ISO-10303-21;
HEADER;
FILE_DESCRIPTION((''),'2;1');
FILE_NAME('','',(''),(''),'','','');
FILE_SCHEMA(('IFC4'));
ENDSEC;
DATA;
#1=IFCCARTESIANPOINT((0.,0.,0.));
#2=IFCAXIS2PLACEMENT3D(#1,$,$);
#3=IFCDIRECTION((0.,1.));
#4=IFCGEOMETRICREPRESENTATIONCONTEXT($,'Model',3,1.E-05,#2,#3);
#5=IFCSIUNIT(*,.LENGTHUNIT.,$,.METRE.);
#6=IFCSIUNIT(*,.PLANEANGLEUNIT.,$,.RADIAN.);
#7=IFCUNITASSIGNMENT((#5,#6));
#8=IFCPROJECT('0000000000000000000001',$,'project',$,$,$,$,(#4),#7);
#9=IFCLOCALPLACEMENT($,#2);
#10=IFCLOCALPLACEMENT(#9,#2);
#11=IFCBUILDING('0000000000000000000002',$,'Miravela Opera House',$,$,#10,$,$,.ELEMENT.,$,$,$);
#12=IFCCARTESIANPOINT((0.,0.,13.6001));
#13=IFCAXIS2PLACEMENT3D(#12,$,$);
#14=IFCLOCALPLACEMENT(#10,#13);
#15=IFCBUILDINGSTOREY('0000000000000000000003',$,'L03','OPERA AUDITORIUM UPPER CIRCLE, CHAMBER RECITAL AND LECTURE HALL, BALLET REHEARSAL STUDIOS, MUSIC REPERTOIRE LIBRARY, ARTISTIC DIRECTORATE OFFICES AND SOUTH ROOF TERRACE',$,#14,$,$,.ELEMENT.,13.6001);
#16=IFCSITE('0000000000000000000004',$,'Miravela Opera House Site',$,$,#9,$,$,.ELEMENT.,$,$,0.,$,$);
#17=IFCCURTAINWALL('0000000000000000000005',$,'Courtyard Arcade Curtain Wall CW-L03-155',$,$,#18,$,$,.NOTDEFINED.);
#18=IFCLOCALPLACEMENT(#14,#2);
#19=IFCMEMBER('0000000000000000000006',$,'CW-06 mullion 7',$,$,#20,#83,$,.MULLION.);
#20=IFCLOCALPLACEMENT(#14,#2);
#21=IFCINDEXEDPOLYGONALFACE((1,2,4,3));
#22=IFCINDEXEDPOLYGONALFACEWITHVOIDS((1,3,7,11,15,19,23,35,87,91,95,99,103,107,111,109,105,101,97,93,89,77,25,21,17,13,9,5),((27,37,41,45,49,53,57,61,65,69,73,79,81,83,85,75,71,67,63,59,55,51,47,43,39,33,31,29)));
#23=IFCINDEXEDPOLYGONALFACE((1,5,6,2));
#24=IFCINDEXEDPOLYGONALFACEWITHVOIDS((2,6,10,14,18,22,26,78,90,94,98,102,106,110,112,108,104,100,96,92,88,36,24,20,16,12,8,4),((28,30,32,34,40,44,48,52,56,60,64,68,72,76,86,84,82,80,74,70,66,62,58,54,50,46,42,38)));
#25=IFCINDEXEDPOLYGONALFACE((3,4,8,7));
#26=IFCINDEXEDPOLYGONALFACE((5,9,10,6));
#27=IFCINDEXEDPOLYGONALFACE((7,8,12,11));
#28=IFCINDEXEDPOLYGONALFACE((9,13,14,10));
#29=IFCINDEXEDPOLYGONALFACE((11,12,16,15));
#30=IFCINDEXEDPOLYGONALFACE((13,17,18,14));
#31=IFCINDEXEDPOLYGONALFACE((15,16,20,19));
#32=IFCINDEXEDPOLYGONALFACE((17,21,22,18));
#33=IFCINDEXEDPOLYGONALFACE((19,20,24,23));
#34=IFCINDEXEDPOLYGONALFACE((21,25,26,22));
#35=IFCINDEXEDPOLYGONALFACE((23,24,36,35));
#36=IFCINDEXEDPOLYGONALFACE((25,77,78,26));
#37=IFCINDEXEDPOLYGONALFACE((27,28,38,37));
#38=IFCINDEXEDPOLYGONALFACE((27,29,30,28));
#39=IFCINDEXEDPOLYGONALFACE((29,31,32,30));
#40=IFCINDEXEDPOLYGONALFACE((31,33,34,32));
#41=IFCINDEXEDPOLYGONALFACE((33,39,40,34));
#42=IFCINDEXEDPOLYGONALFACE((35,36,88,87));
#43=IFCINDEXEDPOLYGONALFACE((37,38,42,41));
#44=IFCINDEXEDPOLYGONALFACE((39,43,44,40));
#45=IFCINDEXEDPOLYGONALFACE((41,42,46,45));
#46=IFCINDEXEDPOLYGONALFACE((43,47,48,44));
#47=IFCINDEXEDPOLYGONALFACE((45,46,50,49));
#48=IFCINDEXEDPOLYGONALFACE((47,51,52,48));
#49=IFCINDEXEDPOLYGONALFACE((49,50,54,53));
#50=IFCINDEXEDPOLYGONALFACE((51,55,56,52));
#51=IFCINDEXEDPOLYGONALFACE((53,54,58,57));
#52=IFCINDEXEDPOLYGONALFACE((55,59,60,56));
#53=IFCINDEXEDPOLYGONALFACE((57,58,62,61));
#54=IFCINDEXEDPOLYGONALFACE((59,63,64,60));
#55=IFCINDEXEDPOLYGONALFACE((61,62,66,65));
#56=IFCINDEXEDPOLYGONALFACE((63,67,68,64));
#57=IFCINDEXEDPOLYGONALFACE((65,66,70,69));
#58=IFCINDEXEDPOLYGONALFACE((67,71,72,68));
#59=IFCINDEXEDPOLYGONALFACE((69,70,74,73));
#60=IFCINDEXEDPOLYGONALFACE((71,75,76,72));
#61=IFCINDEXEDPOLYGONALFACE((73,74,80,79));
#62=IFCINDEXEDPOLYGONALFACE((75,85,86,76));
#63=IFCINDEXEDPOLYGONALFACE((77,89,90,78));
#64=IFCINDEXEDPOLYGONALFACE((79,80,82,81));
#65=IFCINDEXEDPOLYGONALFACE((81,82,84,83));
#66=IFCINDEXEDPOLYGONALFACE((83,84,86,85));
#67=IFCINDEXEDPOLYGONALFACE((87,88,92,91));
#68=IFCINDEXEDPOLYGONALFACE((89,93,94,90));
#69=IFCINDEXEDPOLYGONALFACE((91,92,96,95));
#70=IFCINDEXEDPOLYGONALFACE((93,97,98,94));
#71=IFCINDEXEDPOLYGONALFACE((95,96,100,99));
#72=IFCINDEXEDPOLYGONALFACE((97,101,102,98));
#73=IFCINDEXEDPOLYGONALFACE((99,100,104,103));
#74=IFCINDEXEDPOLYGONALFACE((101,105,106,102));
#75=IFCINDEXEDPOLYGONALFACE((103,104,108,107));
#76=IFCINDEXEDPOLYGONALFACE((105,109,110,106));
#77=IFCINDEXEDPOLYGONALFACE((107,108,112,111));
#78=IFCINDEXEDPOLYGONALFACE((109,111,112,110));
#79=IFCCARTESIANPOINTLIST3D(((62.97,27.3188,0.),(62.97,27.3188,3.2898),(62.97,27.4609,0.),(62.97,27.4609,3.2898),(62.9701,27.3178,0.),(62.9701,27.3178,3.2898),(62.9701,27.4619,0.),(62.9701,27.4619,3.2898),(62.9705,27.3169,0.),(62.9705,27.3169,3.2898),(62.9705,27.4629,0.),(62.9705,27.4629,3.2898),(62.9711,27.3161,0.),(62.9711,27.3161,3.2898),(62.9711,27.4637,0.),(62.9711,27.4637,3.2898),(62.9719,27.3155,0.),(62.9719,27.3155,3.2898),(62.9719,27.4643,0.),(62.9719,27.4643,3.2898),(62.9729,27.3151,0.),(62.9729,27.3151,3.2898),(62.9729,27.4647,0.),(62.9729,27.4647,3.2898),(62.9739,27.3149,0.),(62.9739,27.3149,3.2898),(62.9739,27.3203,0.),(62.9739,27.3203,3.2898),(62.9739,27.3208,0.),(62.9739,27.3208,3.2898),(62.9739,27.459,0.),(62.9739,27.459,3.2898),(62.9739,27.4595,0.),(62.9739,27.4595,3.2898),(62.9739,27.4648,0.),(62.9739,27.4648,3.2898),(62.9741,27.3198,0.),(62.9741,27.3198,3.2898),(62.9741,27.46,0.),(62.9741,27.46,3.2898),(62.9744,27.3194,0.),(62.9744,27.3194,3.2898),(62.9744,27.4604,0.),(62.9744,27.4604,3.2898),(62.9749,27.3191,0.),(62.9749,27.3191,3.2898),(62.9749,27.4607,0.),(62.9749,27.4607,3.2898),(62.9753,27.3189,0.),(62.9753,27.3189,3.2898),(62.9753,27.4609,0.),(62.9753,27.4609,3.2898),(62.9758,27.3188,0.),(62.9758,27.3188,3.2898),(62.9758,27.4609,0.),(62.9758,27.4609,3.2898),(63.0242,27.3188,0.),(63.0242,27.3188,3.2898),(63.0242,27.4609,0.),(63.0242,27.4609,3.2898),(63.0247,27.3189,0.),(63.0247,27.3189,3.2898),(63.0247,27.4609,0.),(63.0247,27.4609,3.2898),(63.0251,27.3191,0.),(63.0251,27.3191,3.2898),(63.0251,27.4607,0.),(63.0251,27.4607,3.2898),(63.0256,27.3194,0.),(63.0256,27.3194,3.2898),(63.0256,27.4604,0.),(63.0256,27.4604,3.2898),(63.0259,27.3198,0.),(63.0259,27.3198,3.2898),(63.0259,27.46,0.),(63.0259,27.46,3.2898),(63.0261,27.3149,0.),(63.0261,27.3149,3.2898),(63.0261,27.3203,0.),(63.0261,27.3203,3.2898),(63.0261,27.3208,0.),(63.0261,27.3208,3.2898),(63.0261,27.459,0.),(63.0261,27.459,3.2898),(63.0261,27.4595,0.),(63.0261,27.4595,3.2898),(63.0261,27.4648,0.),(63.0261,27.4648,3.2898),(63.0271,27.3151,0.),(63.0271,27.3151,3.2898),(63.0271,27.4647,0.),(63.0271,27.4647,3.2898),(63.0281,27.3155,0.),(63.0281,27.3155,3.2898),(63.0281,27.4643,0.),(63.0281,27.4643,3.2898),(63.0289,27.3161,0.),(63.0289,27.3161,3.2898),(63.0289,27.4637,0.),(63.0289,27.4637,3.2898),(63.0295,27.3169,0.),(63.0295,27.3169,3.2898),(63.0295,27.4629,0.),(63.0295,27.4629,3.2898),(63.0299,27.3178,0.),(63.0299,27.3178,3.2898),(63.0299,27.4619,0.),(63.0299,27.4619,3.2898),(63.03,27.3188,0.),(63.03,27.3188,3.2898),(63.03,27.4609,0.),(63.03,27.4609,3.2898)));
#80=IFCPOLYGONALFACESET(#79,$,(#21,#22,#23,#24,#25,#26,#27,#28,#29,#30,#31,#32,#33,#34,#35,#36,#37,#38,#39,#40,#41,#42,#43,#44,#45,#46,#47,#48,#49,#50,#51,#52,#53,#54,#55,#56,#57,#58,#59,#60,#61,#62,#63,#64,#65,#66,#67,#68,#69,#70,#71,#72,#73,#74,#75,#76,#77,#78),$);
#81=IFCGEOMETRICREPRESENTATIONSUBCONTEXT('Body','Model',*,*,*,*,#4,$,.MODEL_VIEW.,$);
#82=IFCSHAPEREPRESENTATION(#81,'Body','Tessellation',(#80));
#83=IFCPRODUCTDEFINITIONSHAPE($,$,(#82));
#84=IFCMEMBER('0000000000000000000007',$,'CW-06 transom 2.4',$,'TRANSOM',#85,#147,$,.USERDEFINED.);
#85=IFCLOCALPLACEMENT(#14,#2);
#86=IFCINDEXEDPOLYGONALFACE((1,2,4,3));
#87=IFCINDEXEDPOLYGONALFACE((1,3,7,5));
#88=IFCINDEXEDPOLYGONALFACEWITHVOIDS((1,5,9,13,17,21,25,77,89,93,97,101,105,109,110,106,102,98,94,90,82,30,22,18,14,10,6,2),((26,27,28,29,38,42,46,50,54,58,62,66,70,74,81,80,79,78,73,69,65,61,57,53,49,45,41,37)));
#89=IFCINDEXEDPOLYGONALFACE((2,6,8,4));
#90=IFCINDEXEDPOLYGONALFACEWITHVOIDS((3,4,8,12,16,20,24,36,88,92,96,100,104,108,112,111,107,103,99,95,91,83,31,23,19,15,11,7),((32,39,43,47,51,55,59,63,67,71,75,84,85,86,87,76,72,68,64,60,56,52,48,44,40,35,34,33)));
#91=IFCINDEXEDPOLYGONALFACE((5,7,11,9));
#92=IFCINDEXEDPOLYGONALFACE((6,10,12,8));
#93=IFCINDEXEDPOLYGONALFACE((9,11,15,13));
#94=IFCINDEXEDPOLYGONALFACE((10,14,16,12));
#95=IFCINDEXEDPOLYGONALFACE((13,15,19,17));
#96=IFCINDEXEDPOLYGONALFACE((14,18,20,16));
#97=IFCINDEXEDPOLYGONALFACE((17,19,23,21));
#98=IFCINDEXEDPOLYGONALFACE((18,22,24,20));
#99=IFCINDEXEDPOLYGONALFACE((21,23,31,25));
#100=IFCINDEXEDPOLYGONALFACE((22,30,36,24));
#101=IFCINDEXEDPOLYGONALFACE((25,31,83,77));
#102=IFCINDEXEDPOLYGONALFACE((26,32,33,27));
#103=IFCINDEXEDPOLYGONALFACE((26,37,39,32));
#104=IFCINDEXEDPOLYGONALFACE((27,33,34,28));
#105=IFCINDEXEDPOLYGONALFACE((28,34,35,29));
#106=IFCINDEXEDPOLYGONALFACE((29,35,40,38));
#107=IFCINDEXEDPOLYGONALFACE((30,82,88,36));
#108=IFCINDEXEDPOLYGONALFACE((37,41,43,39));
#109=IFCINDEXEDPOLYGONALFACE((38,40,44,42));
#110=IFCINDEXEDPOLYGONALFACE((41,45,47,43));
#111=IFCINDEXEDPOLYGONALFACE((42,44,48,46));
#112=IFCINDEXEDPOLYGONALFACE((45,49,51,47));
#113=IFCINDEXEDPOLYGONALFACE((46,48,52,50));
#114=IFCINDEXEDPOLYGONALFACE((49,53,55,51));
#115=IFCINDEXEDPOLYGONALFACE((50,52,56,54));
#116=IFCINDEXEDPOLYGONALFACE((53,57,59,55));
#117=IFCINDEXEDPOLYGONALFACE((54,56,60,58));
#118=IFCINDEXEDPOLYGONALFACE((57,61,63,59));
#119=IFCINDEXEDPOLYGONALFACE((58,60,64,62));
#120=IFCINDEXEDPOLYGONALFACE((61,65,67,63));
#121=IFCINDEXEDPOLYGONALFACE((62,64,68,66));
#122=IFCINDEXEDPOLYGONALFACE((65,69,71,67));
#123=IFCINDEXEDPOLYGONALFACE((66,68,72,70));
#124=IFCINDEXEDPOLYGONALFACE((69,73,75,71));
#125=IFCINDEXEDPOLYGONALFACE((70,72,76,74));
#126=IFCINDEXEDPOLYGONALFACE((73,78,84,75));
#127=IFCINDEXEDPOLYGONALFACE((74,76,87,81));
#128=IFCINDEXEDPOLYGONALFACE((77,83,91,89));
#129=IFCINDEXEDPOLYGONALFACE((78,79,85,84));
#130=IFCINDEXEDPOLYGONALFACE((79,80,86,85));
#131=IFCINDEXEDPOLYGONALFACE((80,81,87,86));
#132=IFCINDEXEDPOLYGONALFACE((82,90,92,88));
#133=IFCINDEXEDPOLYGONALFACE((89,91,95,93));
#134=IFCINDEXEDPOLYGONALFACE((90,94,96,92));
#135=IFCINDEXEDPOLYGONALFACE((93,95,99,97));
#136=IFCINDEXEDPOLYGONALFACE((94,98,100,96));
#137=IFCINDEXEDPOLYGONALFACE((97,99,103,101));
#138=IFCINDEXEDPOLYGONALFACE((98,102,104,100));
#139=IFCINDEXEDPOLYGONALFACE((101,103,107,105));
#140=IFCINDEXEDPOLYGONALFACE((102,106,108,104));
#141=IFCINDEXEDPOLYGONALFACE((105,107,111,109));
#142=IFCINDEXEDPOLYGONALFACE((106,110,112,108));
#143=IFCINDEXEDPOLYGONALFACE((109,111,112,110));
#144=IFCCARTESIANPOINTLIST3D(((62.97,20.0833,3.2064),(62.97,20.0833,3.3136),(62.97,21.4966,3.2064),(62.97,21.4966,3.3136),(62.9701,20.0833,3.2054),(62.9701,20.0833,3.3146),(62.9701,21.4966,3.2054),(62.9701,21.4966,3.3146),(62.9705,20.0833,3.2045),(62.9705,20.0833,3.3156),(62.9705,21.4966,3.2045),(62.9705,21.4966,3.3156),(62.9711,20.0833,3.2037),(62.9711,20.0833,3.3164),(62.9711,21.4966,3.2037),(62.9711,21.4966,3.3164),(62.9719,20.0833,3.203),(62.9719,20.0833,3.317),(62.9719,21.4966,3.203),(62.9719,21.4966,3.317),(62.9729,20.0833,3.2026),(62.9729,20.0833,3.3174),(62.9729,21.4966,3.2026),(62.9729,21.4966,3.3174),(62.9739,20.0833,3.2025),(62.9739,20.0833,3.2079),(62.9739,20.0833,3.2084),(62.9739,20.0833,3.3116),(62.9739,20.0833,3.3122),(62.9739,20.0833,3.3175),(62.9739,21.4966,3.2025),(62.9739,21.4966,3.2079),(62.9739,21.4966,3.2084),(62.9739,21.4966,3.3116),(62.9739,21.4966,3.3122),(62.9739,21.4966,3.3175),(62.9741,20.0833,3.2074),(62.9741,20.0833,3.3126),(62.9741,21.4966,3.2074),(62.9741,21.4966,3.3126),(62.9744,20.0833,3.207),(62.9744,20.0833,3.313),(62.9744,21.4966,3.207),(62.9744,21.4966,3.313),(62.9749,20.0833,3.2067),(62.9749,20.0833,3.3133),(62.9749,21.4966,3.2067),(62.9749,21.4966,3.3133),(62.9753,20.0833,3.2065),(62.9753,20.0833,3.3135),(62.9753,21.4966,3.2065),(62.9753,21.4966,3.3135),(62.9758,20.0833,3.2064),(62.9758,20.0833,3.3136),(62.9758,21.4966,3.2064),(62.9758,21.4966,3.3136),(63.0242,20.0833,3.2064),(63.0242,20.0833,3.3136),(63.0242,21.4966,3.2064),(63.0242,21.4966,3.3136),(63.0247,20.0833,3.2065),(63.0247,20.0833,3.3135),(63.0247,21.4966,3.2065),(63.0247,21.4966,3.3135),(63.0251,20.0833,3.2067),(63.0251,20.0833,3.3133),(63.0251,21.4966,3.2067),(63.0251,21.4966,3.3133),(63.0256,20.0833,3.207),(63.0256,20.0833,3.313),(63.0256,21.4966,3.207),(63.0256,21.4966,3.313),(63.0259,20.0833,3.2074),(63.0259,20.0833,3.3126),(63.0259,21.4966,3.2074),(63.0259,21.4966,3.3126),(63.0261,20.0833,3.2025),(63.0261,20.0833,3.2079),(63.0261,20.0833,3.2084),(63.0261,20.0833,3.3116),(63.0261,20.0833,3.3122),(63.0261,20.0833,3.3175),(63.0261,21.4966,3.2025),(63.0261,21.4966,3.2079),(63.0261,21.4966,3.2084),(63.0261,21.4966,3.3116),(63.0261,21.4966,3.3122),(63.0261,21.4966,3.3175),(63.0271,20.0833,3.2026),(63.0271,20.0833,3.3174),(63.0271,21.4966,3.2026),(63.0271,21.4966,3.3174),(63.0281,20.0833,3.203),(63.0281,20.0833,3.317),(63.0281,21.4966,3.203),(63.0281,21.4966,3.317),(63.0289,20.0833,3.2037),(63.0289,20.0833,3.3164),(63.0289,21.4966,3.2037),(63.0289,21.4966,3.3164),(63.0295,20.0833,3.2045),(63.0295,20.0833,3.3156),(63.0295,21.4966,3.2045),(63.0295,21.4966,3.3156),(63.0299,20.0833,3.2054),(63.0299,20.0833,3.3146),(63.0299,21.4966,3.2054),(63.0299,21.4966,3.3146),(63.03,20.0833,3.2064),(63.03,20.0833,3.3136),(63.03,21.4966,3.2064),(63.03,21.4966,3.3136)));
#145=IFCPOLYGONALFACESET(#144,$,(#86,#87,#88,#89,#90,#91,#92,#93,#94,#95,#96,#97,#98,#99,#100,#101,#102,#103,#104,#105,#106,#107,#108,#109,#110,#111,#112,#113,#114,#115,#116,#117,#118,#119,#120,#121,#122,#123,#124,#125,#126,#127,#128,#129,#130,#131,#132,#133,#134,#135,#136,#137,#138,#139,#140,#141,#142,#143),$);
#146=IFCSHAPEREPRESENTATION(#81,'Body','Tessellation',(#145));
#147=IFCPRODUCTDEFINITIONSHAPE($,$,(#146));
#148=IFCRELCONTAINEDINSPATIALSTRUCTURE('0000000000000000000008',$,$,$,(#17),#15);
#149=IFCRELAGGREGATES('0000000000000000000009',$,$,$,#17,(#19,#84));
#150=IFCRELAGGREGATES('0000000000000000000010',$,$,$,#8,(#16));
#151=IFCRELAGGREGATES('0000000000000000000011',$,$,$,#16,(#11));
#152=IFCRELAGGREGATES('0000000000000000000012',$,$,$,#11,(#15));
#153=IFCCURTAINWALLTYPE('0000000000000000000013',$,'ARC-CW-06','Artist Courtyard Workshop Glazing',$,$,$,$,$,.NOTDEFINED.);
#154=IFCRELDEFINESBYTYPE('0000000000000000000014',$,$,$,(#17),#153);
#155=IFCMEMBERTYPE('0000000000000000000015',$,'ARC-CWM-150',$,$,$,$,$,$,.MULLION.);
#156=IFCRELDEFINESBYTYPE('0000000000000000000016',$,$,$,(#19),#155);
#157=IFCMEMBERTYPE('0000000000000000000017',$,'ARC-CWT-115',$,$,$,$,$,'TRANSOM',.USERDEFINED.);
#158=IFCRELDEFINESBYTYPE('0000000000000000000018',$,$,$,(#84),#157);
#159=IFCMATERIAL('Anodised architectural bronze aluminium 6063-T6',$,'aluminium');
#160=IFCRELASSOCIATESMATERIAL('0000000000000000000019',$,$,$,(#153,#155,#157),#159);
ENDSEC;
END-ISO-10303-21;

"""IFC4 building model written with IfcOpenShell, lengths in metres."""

from ifc_helpers import new_model, si_unit, direction, frame, origin, origin_2d, place, context, subcontext, project, spatial, hollow_rectangle, extrude, material, material_profile, profile_set, type_object, element, aggregate, save


model = new_model("IFC4")

# Units and contexts
model_context = context("Model", 3, precision=1e-05, world=origin(), true_north=direction((0.0, 1.0)))
body_context = subcontext(model_context, "Body", "Model", "MODEL_VIEW")
ifc_project = project(units=[si_unit("LENGTHUNIT", "METRE"), si_unit("PLANEANGLEUNIT", "RADIAN")], contexts=[model_context])

# Site, building, storey
site_placement = place(None, origin())
site = spatial("IfcSite", under=ifc_project, at=site_placement, Name="Miravela Opera House Site", CompositionType="ELEMENT", RefElevation=0.0)
building_placement = place(site_placement, origin())
building = spatial("IfcBuilding", under=site, at=building_placement, Name="Miravela Opera House", CompositionType="ELEMENT")
storey_placement = place(building_placement, frame((0.0, 0.0, 13.6001)))
storey = spatial("IfcBuildingStorey", under=building, at=storey_placement, Name="L03", Description="OPERA AUDITORIUM UPPER CIRCLE, CHAMBER RECITAL AND LECTURE HALL, BALLET REHEARSAL STUDIOS, MUSIC REPERTOIRE LIBRARY, ARTISTIC DIRECTORATE OFFICES AND SOUTH ROOF TERRACE", CompositionType="ELEMENT", Elevation=13.6001)

# Curtain wall, members
ifc_material_1 = material(Name="Anodised architectural bronze aluminium 6063-T6", Category="aluminium")
curtain_wall_type = type_object("IfcCurtainWallType", Name="ARC-CW-06", Description="Artist Courtyard Workshop Glazing", PredefinedType="NOTDEFINED", material=ifc_material_1)
curtain_wall_placement = place(storey_placement, origin())
curtain_wall = element("IfcCurtainWall", 1, at=curtain_wall_placement, inside=storey, type_object=curtain_wall_type, Name="Courtyard Arcade Curtain Wall CW-L03-155", PredefinedType="NOTDEFINED")
ifc_material_profile_1 = material_profile(ifc_material_1, hollow_rectangle(XDim=0.0601, YDim=0.1499, WallThickness=0.0039, InnerFilletRadius=0.002, OuterFilletRadius=0.0039, at=origin_2d()), Name="CWM-60X150")
ifc_profile_set_1 = profile_set([ifc_material_profile_1])
member_type_1 = type_object("IfcMemberType", Name="ARC-CWM-150", PredefinedType="MULLION", material=ifc_profile_set_1)
member_1_placement = place(storey_placement, frame((63.0, 27.3899, 0.0), z_axis=(0.0, 0.0, 1.0), x_axis=(-1.0, 0.0, 0.0)))
member_1 = element("IfcMember", 2, at=member_1_placement, type_object=member_type_1, Name="CW-06 mullion 7", PredefinedType="MULLION", context=body_context, shape_type="SweptSolid", body=[
    extrude(hollow_rectangle(XDim=0.0601, YDim=0.1499, WallThickness=0.0039, InnerFilletRadius=0.002, OuterFilletRadius=0.0039, at=origin_2d()), origin(), (0.0, 0.0, 1.0), 3.2898),
])
ifc_material_profile_2 = material_profile(ifc_material_1, hollow_rectangle(XDim=0.0601, YDim=0.115, WallThickness=0.0039, InnerFilletRadius=0.002, OuterFilletRadius=0.0039, at=origin_2d()), Name="CWT-60X115")
ifc_profile_set_2 = profile_set([ifc_material_profile_2])
member_type_2 = type_object("IfcMemberType", Name="ARC-CWT-115", ElementType="TRANSOM", PredefinedType="USERDEFINED", material=ifc_profile_set_2)
member_2_placement = place(storey_placement, frame((63.0, 20.0833, 3.26), z_axis=(0.0, 1.0, 0.0), x_axis=(-1.0, 0.0, 0.0)))
member_2 = element("IfcMember", 3, at=member_2_placement, type_object=member_type_2, Name="CW-06 transom 2.4", ObjectType="TRANSOM", PredefinedType="USERDEFINED", context=body_context, shape_type="SweptSolid", body=[
    extrude(hollow_rectangle(XDim=0.0601, YDim=0.115, WallThickness=0.0039, InnerFilletRadius=0.002, OuterFilletRadius=0.0039, at=origin_2d()), origin(), (0.0, 0.0, 1.0), 1.4133),
])
aggregate(curtain_wall, [member_1, member_2])

save(model, "model.ifc")
